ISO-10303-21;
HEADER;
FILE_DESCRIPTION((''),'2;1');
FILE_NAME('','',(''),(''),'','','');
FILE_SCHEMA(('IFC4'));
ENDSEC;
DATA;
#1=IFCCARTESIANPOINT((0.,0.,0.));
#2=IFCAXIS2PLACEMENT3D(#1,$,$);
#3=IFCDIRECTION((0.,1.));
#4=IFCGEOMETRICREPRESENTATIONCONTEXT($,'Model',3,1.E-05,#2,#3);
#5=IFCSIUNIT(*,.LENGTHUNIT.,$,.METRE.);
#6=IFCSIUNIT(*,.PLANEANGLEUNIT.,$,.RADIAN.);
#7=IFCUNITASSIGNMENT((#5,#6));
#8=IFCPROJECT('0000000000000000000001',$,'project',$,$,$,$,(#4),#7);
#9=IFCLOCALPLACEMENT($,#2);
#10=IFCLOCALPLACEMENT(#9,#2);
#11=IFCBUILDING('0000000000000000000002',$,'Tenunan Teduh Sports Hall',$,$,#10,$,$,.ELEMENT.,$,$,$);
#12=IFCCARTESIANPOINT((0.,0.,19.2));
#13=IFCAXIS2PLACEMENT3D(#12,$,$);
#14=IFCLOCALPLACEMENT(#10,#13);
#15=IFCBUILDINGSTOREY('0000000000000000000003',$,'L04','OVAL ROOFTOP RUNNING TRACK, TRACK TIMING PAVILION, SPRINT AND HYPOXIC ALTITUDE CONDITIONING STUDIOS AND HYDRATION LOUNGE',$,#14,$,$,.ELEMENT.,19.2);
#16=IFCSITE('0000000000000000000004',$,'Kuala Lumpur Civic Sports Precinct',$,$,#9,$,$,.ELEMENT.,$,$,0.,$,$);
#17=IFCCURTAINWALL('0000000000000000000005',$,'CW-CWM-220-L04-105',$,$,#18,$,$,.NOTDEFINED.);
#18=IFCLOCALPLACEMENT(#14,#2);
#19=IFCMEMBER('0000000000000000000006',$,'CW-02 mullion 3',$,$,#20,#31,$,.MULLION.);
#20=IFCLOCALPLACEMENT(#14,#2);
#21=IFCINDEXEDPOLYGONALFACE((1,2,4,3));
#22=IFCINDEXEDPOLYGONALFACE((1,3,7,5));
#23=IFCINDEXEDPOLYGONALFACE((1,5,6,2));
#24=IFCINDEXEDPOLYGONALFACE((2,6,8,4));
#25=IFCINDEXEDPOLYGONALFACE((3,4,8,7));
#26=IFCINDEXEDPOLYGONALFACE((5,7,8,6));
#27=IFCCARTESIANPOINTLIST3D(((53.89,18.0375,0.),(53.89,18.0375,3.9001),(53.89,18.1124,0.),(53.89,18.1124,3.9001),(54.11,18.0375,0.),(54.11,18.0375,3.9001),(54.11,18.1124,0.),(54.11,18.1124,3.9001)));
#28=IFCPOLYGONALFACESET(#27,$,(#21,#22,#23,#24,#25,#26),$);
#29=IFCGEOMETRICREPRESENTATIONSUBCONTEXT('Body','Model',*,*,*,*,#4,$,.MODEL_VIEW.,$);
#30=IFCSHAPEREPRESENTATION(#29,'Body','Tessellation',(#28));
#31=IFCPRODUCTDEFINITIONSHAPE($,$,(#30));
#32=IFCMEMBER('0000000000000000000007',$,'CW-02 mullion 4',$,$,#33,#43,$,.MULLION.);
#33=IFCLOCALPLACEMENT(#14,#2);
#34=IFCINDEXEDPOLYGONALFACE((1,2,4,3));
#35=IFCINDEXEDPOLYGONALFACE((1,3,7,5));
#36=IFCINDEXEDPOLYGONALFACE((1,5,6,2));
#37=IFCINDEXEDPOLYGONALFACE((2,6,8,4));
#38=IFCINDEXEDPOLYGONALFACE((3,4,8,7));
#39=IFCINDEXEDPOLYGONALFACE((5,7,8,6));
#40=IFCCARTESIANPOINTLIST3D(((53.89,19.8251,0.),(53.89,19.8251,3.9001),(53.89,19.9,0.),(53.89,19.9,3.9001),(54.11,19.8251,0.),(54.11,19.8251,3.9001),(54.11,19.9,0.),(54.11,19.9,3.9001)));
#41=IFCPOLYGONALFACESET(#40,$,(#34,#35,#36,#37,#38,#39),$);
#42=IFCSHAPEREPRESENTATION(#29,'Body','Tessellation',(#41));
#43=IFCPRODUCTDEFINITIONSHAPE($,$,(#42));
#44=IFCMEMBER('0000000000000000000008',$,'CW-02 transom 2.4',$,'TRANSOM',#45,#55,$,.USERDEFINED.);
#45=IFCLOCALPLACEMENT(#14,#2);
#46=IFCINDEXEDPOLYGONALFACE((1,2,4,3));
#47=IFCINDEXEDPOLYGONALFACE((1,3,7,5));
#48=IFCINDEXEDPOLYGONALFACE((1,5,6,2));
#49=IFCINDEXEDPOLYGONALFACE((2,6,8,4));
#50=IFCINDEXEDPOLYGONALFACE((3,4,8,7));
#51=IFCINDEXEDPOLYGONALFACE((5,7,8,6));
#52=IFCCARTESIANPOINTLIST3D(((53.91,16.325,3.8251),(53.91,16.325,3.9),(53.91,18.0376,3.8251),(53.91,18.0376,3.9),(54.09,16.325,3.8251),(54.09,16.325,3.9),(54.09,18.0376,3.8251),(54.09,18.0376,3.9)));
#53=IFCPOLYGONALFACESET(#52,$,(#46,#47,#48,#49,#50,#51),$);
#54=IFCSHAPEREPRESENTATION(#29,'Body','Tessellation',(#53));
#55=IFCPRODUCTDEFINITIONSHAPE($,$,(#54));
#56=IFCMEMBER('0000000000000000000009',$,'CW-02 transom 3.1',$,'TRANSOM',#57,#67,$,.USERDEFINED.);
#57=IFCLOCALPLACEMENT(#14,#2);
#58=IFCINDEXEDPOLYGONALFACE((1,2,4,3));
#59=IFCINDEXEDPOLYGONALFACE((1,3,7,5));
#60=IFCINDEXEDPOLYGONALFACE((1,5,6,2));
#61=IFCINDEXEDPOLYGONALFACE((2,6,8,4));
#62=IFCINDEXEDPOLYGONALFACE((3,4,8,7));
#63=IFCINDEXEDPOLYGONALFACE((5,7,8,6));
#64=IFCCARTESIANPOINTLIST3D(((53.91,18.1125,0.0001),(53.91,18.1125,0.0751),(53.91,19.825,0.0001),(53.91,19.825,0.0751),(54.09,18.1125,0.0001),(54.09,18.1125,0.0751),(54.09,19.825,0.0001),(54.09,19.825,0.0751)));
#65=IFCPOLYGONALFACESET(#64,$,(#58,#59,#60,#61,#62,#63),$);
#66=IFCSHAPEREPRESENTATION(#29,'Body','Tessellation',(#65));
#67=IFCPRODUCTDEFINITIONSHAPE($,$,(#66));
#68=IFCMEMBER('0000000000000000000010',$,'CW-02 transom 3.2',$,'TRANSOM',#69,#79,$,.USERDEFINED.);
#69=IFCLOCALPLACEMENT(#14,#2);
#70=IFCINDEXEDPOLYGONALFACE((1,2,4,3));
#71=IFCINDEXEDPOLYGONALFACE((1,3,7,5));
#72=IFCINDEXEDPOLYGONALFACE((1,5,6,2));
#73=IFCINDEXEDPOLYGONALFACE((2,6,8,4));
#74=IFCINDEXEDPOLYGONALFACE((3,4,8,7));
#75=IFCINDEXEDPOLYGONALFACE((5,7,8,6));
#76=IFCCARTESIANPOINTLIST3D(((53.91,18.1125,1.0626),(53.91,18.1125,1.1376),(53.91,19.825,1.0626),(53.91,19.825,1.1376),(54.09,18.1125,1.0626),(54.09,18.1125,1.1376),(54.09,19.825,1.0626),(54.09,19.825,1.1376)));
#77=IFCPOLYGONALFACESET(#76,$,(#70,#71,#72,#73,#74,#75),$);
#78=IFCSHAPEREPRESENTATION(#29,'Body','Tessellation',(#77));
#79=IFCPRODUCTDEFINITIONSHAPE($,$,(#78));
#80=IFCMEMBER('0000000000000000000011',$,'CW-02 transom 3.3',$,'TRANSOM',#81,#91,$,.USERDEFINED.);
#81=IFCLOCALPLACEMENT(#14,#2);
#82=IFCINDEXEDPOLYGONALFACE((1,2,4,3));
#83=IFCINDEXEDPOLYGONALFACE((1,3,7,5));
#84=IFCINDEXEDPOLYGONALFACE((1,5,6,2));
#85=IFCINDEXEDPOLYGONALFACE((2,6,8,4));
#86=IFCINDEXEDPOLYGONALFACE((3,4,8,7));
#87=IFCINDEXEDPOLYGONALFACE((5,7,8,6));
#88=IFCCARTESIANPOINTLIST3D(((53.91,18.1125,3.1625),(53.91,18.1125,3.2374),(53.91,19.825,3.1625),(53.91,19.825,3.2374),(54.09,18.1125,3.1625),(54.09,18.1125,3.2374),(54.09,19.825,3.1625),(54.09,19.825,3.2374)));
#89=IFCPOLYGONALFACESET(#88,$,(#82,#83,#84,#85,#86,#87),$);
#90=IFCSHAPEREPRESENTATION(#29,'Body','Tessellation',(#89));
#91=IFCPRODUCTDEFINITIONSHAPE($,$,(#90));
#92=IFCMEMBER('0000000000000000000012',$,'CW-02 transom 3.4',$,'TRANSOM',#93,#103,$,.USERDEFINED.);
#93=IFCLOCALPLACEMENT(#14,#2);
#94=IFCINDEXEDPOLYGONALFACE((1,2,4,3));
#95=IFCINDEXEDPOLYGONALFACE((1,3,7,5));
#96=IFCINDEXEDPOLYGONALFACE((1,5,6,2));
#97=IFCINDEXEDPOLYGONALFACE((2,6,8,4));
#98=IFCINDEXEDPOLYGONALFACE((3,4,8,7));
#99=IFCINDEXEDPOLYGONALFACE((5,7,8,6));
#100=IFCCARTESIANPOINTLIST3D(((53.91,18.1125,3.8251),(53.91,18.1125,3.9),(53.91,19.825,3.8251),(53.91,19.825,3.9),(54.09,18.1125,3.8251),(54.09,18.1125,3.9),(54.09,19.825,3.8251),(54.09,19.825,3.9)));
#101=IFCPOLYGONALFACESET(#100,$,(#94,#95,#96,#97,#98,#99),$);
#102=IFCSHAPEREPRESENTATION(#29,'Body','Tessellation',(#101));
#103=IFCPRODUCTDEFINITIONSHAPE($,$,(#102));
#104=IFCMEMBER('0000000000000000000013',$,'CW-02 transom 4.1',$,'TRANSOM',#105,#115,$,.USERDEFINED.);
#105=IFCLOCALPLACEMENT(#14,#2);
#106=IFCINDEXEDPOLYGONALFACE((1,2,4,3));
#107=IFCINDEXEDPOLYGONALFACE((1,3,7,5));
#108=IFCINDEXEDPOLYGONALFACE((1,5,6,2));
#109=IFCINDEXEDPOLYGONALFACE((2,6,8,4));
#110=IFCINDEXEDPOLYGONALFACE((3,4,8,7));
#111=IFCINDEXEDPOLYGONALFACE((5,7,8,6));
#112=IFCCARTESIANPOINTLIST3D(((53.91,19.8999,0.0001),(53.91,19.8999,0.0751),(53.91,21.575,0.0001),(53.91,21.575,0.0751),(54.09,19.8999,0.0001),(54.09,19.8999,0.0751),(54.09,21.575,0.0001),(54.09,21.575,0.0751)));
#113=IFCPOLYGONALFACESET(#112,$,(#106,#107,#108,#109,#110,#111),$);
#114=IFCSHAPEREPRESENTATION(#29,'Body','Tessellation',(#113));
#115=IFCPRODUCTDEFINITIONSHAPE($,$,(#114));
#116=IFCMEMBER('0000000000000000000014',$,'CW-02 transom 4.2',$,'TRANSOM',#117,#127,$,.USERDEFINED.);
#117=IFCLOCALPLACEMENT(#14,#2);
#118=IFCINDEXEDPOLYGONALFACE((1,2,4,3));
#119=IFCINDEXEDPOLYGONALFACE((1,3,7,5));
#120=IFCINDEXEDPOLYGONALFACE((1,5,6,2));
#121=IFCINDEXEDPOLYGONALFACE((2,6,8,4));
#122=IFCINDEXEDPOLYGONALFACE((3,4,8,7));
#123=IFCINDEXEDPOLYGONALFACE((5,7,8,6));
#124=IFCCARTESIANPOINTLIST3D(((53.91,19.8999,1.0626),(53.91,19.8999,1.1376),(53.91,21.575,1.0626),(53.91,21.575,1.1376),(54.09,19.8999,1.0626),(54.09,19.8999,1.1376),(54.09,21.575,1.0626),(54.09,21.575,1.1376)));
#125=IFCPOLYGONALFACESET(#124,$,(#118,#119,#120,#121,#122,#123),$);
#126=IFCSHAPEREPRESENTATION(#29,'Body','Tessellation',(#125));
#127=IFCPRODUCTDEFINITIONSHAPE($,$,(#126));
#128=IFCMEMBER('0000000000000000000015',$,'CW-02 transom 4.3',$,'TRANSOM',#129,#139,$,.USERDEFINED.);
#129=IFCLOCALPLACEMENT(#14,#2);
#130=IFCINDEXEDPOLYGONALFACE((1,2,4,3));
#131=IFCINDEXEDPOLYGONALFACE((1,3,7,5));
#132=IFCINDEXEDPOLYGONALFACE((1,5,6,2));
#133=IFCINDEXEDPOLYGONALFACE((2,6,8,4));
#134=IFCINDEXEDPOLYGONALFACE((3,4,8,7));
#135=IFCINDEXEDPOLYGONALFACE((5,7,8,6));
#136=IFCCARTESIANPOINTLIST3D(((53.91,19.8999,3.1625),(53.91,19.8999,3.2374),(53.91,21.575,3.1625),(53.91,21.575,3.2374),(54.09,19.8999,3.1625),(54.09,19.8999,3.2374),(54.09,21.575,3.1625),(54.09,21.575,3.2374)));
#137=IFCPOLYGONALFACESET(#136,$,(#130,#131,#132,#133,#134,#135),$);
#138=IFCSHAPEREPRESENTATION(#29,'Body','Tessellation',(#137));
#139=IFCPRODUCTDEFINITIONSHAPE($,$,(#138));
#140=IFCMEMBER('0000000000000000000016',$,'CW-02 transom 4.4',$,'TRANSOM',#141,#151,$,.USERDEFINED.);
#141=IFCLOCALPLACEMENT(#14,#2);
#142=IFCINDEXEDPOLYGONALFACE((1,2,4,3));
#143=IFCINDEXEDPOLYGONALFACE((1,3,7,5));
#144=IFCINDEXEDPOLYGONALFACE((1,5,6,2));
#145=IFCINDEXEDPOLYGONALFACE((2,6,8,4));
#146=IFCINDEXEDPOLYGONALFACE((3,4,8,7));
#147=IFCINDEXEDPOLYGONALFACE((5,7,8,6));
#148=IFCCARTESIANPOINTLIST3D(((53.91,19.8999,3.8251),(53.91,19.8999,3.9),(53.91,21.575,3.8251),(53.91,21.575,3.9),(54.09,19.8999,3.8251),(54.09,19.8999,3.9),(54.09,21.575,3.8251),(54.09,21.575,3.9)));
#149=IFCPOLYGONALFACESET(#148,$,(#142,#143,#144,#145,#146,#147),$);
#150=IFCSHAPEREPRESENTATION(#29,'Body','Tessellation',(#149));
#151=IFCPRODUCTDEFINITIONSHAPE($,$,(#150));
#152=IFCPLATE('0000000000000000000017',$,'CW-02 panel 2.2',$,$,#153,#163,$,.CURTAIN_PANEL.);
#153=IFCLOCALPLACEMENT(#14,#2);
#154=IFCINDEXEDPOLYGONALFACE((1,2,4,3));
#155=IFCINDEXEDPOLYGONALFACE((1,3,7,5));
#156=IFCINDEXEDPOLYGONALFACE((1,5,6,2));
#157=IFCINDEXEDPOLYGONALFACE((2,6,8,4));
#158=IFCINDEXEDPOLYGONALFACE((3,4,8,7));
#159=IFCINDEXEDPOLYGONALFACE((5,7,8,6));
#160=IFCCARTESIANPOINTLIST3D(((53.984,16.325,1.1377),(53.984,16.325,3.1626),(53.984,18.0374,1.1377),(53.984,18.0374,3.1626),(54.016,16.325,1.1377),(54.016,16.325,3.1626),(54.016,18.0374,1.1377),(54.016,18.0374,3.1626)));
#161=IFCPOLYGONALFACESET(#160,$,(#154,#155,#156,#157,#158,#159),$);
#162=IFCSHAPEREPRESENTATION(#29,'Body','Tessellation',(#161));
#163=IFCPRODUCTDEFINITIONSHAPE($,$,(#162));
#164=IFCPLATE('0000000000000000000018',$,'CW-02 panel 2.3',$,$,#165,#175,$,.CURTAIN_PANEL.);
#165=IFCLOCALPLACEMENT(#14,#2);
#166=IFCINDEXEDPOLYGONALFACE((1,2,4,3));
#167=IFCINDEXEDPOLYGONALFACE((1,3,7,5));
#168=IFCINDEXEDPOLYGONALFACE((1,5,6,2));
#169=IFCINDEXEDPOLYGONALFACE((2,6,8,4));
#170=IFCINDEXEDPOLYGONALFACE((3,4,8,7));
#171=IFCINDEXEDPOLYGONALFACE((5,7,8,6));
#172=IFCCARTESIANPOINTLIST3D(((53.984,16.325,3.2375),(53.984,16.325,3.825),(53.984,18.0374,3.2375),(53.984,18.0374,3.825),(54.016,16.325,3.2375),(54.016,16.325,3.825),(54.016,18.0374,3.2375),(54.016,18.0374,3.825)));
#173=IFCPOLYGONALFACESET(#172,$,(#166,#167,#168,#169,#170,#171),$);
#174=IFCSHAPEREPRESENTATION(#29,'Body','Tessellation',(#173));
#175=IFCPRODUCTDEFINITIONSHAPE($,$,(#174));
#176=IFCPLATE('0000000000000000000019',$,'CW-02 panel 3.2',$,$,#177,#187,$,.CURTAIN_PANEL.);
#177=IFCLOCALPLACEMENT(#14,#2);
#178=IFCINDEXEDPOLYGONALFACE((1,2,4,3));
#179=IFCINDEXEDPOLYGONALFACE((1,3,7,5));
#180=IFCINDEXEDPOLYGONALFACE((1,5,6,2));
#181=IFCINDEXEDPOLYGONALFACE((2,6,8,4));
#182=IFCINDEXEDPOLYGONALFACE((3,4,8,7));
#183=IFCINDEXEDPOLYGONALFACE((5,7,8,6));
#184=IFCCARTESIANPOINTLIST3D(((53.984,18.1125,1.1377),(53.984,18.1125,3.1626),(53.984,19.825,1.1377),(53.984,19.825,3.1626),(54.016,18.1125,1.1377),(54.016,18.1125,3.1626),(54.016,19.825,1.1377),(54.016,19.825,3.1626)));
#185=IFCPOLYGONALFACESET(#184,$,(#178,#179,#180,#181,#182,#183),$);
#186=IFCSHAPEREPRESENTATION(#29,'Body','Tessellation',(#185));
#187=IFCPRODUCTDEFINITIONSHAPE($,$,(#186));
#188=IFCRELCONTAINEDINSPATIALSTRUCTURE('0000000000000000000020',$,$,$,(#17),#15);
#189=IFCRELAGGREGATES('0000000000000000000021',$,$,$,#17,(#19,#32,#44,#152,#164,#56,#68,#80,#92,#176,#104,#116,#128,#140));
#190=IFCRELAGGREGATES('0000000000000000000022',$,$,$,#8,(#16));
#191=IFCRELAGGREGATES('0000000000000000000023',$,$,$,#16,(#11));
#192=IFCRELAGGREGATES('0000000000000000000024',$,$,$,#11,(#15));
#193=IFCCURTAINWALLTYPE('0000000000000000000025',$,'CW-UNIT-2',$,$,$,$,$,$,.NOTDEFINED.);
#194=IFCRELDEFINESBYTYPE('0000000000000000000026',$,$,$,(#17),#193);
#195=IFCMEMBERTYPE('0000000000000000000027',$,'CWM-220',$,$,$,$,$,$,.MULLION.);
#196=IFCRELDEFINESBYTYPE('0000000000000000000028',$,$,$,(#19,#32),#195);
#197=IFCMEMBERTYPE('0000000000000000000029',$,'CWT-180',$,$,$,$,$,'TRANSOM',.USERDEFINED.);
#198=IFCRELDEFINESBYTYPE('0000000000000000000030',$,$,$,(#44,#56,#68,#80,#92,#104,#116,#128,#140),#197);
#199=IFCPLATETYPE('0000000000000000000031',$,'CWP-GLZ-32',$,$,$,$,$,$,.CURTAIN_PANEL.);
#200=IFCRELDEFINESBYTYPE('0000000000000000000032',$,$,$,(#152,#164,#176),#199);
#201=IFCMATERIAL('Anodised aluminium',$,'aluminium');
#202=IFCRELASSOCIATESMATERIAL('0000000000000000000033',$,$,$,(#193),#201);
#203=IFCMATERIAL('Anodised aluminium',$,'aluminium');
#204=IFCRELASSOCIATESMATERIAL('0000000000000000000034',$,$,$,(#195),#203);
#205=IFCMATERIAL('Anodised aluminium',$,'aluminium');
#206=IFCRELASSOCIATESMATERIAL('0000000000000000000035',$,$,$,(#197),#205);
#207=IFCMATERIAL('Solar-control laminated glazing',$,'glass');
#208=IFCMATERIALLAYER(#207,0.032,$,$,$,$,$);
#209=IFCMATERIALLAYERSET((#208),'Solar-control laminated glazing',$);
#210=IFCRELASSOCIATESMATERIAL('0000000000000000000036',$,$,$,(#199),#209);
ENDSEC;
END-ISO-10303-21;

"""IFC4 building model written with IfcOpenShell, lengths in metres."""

from ifc_helpers import new_model, si_unit, direction, frame, origin, origin_2d, place, context, subcontext, project, spatial, rectangle, extrude, material, layer, layer_set, material_profile, profile_set, type_object, element, aggregate, save


model = new_model("IFC4")

# Units and contexts
model_context = context("Model", 3, precision=1e-05, world=origin(), true_north=direction((0.0, 1.0)))
body_context = subcontext(model_context, "Body", "Model", "MODEL_VIEW")
ifc_project = project(units=[si_unit("LENGTHUNIT", "METRE"), si_unit("PLANEANGLEUNIT", "RADIAN")], contexts=[model_context])

# Site, building, storey
site_placement = place(None, origin())
site = spatial("IfcSite", under=ifc_project, at=site_placement, Name="Kuala Lumpur Civic Sports Precinct", CompositionType="ELEMENT", RefElevation=0.0)
building_placement = place(site_placement, origin())
building = spatial("IfcBuilding", under=site, at=building_placement, Name="Tenunan Teduh Sports Hall", CompositionType="ELEMENT")
storey_placement = place(building_placement, frame((0.0, 0.0, 19.2)))
storey = spatial("IfcBuildingStorey", under=building, at=storey_placement, Name="L04", Description="OVAL ROOFTOP RUNNING TRACK, TRACK TIMING PAVILION, SPRINT AND HYPOXIC ALTITUDE CONDITIONING STUDIOS AND HYDRATION LOUNGE", CompositionType="ELEMENT", Elevation=19.2)

# Curtain wall, members, plates
ifc_material_1 = material(Name="Anodised aluminium", Category="aluminium")
curtain_wall_type = type_object("IfcCurtainWallType", Name="CW-UNIT-2", PredefinedType="NOTDEFINED", material=ifc_material_1)
curtain_wall_placement = place(storey_placement, origin())
curtain_wall = element("IfcCurtainWall", 1, at=curtain_wall_placement, inside=storey, type_object=curtain_wall_type, Name="CW-CWM-220-L04-105", PredefinedType="NOTDEFINED")
ifc_material_2 = material(Name="Anodised aluminium", Category="aluminium")
ifc_material_profile_1 = material_profile(ifc_material_2, rectangle(XDim=0.075, YDim=0.22, at=origin_2d()), Name="CWM 75x220")
ifc_profile_set_1 = profile_set([ifc_material_profile_1], Name="Anodised aluminium")
member_type_1 = type_object("IfcMemberType", Name="CWM-220", PredefinedType="MULLION", material=ifc_profile_set_1)
member_1_placement = place(storey_placement, frame((54.0, 18.075, 0.0), z_axis=(0.0, 0.0, 1.0), x_axis=(0.0, 1.0, 0.0)))
member_1 = element("IfcMember", 2, at=member_1_placement, type_object=member_type_1, Name="CW-02 mullion 3", PredefinedType="MULLION", context=body_context, shape_type="SweptSolid", body=[
    extrude(rectangle(XDim=0.075, YDim=0.22, at=origin_2d()), origin(), (0.0, 0.0, 1.0), 3.9001),
])
member_2_placement = place(storey_placement, frame((54.0, 19.8625, 0.0), z_axis=(0.0, 0.0, 1.0), x_axis=(0.0, 1.0, 0.0)))
member_2 = element("IfcMember", 3, at=member_2_placement, type_object=member_type_1, Name="CW-02 mullion 4", PredefinedType="MULLION", context=body_context, shape_type="SweptSolid", body=[
    extrude(rectangle(XDim=0.075, YDim=0.22, at=origin_2d()), origin(), (0.0, 0.0, 1.0), 3.9001),
])
ifc_material_3 = material(Name="Anodised aluminium", Category="aluminium")
ifc_material_profile_2 = material_profile(ifc_material_3, rectangle(XDim=0.075, YDim=0.1799, at=origin_2d()), Name="CWT 75x180")
ifc_profile_set_2 = profile_set([ifc_material_profile_2], Name="Anodised aluminium")
member_type_2 = type_object("IfcMemberType", Name="CWT-180", ElementType="TRANSOM", PredefinedType="USERDEFINED", material=ifc_profile_set_2)
member_3_placement = place(storey_placement, frame((54.0, 16.325, 3.8625), z_axis=(0.0, 1.0, 0.0), x_axis=(0.0, 0.0, 1.0)))
member_3 = element("IfcMember", 4, at=member_3_placement, type_object=member_type_2, Name="CW-02 transom 2.4", ObjectType="TRANSOM", PredefinedType="USERDEFINED", context=body_context, shape_type="SweptSolid", body=[
    extrude(rectangle(XDim=0.075, YDim=0.1799, at=origin_2d()), origin(), (0.0, 0.0, 1.0), 1.7126),
])
member_4_placement = place(storey_placement, frame((54.0, 18.1125, 0.0376), z_axis=(0.0, 1.0, 0.0), x_axis=(0.0, 0.0, 1.0)))
member_4 = element("IfcMember", 5, at=member_4_placement, type_object=member_type_2, Name="CW-02 transom 3.1", ObjectType="TRANSOM", PredefinedType="USERDEFINED", context=body_context, shape_type="SweptSolid", body=[
    extrude(rectangle(XDim=0.075, YDim=0.1799, at=origin_2d()), origin(), (0.0, 0.0, 1.0), 1.7124),
])
member_5_placement = place(storey_placement, frame((54.0, 18.1125, 1.1001), z_axis=(0.0, 1.0, 0.0), x_axis=(0.0, 0.0, 1.0)))
member_5 = element("IfcMember", 6, at=member_5_placement, type_object=member_type_2, Name="CW-02 transom 3.2", ObjectType="TRANSOM", PredefinedType="USERDEFINED", context=body_context, shape_type="SweptSolid", body=[
    extrude(rectangle(XDim=0.075, YDim=0.1799, at=origin_2d()), origin(), (0.0, 0.0, 1.0), 1.7124),
])
member_6_placement = place(storey_placement, frame((54.0, 18.1125, 3.2), z_axis=(0.0, 1.0, 0.0), x_axis=(0.0, 0.0, 1.0)))
member_6 = element("IfcMember", 7, at=member_6_placement, type_object=member_type_2, Name="CW-02 transom 3.3", ObjectType="TRANSOM", PredefinedType="USERDEFINED", context=body_context, shape_type="SweptSolid", body=[
    extrude(rectangle(XDim=0.075, YDim=0.1799, at=origin_2d()), origin(), (0.0, 0.0, 1.0), 1.7124),
])
member_7_placement = place(storey_placement, frame((54.0, 18.1125, 3.8625), z_axis=(0.0, 1.0, 0.0), x_axis=(0.0, 0.0, 1.0)))
member_7 = element("IfcMember", 8, at=member_7_placement, type_object=member_type_2, Name="CW-02 transom 3.4", ObjectType="TRANSOM", PredefinedType="USERDEFINED", context=body_context, shape_type="SweptSolid", body=[
    extrude(rectangle(XDim=0.075, YDim=0.1799, at=origin_2d()), origin(), (0.0, 0.0, 1.0), 1.7124),
])
member_8_placement = place(storey_placement, frame((54.0, 19.8999, 0.0376), z_axis=(0.0, 1.0, 0.0), x_axis=(0.0, 0.0, 1.0)))
member_8 = element("IfcMember", 9, at=member_8_placement, type_object=member_type_2, Name="CW-02 transom 4.1", ObjectType="TRANSOM", PredefinedType="USERDEFINED", context=body_context, shape_type="SweptSolid", body=[
    extrude(rectangle(XDim=0.075, YDim=0.1799, at=origin_2d()), origin(), (0.0, 0.0, 1.0), 1.675),
])
member_9_placement = place(storey_placement, frame((54.0, 19.8999, 1.1001), z_axis=(0.0, 1.0, 0.0), x_axis=(0.0, 0.0, 1.0)))
member_9 = element("IfcMember", 10, at=member_9_placement, type_object=member_type_2, Name="CW-02 transom 4.2", ObjectType="TRANSOM", PredefinedType="USERDEFINED", context=body_context, shape_type="SweptSolid", body=[
    extrude(rectangle(XDim=0.075, YDim=0.1799, at=origin_2d()), origin(), (0.0, 0.0, 1.0), 1.675),
])
member_10_placement = place(storey_placement, frame((54.0, 19.8999, 3.2), z_axis=(0.0, 1.0, 0.0), x_axis=(0.0, 0.0, 1.0)))
member_10 = element("IfcMember", 11, at=member_10_placement, type_object=member_type_2, Name="CW-02 transom 4.3", ObjectType="TRANSOM", PredefinedType="USERDEFINED", context=body_context, shape_type="SweptSolid", body=[
    extrude(rectangle(XDim=0.075, YDim=0.1799, at=origin_2d()), origin(), (0.0, 0.0, 1.0), 1.675),
])
member_11_placement = place(storey_placement, frame((54.0, 19.8999, 3.8625), z_axis=(0.0, 1.0, 0.0), x_axis=(0.0, 0.0, 1.0)))
member_11 = element("IfcMember", 12, at=member_11_placement, type_object=member_type_2, Name="CW-02 transom 4.4", ObjectType="TRANSOM", PredefinedType="USERDEFINED", context=body_context, shape_type="SweptSolid", body=[
    extrude(rectangle(XDim=0.075, YDim=0.1799, at=origin_2d()), origin(), (0.0, 0.0, 1.0), 1.675),
])
ifc_material_4 = material(Name="Solar-control laminated glazing", Category="glass")
ifc_layer_1 = layer(ifc_material_4, 0.032)
ifc_layer_set_1 = layer_set([ifc_layer_1], Name="Solar-control laminated glazing")
plate_type_1 = type_object("IfcPlateType", Name="CWP-GLZ-32", PredefinedType="CURTAIN_PANEL", material=ifc_layer_set_1)
plate_1_placement = place(storey_placement, frame((54.0, 17.1812, 1.1377), z_axis=(0.0, 0.0, 1.0), x_axis=(0.0, 1.0, 0.0)))
plate_1 = element("IfcPlate", 13, at=plate_1_placement, type_object=plate_type_1, Name="CW-02 panel 2.2", PredefinedType="CURTAIN_PANEL", context=body_context, shape_type="SweptSolid", body=[
    extrude(rectangle(XDim=1.7124, YDim=0.032, at=origin_2d()), origin(), (0.0, 0.0, 1.0), 2.0249),
])
plate_2_placement = place(storey_placement, frame((54.0, 17.1812, 3.2375), z_axis=(0.0, 0.0, 1.0), x_axis=(0.0, 1.0, 0.0)))
plate_2 = element("IfcPlate", 14, at=plate_2_placement, type_object=plate_type_1, Name="CW-02 panel 2.3", PredefinedType="CURTAIN_PANEL", context=body_context, shape_type="SweptSolid", body=[
    extrude(rectangle(XDim=1.7124, YDim=0.032, at=origin_2d()), origin(), (0.0, 0.0, 1.0), 0.5874),
])
plate_3_placement = place(storey_placement, frame((54.0, 18.9688, 1.1377), z_axis=(0.0, 0.0, 1.0), x_axis=(0.0, 1.0, 0.0)))
plate_3 = element("IfcPlate", 15, at=plate_3_placement, type_object=plate_type_1, Name="CW-02 panel 3.2", PredefinedType="CURTAIN_PANEL", context=body_context, shape_type="SweptSolid", body=[
    extrude(rectangle(XDim=1.7124, YDim=0.032, at=origin_2d()), origin(), (0.0, 0.0, 1.0), 2.0249),
])
aggregate(curtain_wall, [member_1, member_2, member_3, plate_1, plate_2, member_4, member_5, member_6, member_7, plate_3, member_8, member_9, member_10, member_11])

save(model, "model.ifc")
